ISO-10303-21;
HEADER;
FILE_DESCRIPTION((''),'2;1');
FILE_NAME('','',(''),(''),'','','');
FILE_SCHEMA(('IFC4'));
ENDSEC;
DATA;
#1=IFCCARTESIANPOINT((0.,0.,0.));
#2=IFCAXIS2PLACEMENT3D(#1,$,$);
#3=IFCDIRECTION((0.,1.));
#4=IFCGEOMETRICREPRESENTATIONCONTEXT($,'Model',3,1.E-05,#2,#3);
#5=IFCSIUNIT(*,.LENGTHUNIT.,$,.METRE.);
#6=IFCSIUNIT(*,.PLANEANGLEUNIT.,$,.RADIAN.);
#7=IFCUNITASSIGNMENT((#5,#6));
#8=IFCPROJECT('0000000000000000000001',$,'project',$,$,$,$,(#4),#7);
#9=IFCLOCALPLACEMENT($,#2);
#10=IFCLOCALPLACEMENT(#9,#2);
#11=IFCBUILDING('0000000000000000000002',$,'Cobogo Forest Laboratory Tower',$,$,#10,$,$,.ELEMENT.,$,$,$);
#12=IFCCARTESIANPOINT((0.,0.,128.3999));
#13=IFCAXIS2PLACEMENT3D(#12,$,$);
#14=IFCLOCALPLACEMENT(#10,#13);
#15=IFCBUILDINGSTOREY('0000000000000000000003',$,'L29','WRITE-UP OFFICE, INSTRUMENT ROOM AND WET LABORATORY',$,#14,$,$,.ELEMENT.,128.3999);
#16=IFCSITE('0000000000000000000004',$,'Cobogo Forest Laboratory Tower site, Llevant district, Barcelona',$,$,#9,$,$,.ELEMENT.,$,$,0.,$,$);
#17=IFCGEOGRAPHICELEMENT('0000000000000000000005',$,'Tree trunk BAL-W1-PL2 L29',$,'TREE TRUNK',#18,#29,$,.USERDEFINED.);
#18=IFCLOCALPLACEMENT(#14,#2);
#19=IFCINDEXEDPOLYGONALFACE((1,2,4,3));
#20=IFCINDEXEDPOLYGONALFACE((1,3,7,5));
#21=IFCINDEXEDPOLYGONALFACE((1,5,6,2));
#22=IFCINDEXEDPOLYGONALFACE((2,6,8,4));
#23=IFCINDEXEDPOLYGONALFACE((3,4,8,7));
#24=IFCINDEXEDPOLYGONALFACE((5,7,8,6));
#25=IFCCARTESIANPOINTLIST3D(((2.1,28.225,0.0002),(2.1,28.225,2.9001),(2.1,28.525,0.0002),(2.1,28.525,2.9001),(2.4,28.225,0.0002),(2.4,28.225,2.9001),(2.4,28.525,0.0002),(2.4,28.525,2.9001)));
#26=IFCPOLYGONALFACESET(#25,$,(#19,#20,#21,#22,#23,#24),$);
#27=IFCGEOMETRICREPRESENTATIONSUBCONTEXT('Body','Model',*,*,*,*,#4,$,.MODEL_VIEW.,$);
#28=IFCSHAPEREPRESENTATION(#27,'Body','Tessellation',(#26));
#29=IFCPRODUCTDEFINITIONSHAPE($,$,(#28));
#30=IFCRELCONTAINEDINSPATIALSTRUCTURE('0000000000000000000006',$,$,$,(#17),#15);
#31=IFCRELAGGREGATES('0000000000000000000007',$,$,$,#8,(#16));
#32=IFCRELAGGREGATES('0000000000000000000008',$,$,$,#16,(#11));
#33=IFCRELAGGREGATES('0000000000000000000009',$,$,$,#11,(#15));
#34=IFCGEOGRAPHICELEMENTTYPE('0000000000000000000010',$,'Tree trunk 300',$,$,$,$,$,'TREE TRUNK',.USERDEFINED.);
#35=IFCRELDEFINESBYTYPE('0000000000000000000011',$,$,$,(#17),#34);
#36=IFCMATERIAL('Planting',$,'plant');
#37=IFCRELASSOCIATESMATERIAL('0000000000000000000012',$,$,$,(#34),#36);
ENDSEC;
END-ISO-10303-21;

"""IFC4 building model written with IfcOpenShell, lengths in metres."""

from ifc_helpers import new_model, si_unit, direction, frame, origin, origin_2d, place, context, subcontext, project, spatial, rectangle, extrude, material, type_object, element, save


model = new_model("IFC4")

# Units and contexts
model_context = context("Model", 3, precision=1e-05, world=origin(), true_north=direction((0.0, 1.0)))
body_context = subcontext(model_context, "Body", "Model", "MODEL_VIEW")
ifc_project = project(units=[si_unit("LENGTHUNIT", "METRE"), si_unit("PLANEANGLEUNIT", "RADIAN")], contexts=[model_context])

# Site, building, storey
site_placement = place(None, origin())
site = spatial("IfcSite", under=ifc_project, at=site_placement, Name="Cobogo Forest Laboratory Tower site, Llevant district, Barcelona", CompositionType="ELEMENT", RefElevation=0.0)
building_placement = place(site_placement, origin())
building = spatial("IfcBuilding", under=site, at=building_placement, Name="Cobogo Forest Laboratory Tower", CompositionType="ELEMENT")
storey_placement = place(building_placement, frame((0.0, 0.0, 128.3999)))
storey = spatial("IfcBuildingStorey", under=building, at=storey_placement, Name="L29", Description="WRITE-UP OFFICE, INSTRUMENT ROOM AND WET LABORATORY", CompositionType="ELEMENT", Elevation=128.3999)

# Geographic element
ifc_material_1 = material(Name="Planting", Category="plant")
geographic_element_type = type_object("IfcGeographicElementType", Name="Tree trunk 300", ElementType="TREE TRUNK", PredefinedType="USERDEFINED", material=ifc_material_1)
geographic_element_placement = place(storey_placement, frame((2.25, 28.375, 0.0002), z_axis=(0.0, 0.0, 1.0), x_axis=(1.0, 0.0, 0.0)))
element("IfcGeographicElement", 1, at=geographic_element_placement, inside=storey, type_object=geographic_element_type, Name="Tree trunk BAL-W1-PL2 L29", ObjectType="TREE TRUNK", PredefinedType="USERDEFINED", context=body_context, shape_type="SweptSolid", body=[
    extrude(rectangle(XDim=0.3, YDim=0.3, at=origin_2d()), origin(), (0.0, 0.0, 1.0), 2.8999),
])

save(model, "model.ifc")
